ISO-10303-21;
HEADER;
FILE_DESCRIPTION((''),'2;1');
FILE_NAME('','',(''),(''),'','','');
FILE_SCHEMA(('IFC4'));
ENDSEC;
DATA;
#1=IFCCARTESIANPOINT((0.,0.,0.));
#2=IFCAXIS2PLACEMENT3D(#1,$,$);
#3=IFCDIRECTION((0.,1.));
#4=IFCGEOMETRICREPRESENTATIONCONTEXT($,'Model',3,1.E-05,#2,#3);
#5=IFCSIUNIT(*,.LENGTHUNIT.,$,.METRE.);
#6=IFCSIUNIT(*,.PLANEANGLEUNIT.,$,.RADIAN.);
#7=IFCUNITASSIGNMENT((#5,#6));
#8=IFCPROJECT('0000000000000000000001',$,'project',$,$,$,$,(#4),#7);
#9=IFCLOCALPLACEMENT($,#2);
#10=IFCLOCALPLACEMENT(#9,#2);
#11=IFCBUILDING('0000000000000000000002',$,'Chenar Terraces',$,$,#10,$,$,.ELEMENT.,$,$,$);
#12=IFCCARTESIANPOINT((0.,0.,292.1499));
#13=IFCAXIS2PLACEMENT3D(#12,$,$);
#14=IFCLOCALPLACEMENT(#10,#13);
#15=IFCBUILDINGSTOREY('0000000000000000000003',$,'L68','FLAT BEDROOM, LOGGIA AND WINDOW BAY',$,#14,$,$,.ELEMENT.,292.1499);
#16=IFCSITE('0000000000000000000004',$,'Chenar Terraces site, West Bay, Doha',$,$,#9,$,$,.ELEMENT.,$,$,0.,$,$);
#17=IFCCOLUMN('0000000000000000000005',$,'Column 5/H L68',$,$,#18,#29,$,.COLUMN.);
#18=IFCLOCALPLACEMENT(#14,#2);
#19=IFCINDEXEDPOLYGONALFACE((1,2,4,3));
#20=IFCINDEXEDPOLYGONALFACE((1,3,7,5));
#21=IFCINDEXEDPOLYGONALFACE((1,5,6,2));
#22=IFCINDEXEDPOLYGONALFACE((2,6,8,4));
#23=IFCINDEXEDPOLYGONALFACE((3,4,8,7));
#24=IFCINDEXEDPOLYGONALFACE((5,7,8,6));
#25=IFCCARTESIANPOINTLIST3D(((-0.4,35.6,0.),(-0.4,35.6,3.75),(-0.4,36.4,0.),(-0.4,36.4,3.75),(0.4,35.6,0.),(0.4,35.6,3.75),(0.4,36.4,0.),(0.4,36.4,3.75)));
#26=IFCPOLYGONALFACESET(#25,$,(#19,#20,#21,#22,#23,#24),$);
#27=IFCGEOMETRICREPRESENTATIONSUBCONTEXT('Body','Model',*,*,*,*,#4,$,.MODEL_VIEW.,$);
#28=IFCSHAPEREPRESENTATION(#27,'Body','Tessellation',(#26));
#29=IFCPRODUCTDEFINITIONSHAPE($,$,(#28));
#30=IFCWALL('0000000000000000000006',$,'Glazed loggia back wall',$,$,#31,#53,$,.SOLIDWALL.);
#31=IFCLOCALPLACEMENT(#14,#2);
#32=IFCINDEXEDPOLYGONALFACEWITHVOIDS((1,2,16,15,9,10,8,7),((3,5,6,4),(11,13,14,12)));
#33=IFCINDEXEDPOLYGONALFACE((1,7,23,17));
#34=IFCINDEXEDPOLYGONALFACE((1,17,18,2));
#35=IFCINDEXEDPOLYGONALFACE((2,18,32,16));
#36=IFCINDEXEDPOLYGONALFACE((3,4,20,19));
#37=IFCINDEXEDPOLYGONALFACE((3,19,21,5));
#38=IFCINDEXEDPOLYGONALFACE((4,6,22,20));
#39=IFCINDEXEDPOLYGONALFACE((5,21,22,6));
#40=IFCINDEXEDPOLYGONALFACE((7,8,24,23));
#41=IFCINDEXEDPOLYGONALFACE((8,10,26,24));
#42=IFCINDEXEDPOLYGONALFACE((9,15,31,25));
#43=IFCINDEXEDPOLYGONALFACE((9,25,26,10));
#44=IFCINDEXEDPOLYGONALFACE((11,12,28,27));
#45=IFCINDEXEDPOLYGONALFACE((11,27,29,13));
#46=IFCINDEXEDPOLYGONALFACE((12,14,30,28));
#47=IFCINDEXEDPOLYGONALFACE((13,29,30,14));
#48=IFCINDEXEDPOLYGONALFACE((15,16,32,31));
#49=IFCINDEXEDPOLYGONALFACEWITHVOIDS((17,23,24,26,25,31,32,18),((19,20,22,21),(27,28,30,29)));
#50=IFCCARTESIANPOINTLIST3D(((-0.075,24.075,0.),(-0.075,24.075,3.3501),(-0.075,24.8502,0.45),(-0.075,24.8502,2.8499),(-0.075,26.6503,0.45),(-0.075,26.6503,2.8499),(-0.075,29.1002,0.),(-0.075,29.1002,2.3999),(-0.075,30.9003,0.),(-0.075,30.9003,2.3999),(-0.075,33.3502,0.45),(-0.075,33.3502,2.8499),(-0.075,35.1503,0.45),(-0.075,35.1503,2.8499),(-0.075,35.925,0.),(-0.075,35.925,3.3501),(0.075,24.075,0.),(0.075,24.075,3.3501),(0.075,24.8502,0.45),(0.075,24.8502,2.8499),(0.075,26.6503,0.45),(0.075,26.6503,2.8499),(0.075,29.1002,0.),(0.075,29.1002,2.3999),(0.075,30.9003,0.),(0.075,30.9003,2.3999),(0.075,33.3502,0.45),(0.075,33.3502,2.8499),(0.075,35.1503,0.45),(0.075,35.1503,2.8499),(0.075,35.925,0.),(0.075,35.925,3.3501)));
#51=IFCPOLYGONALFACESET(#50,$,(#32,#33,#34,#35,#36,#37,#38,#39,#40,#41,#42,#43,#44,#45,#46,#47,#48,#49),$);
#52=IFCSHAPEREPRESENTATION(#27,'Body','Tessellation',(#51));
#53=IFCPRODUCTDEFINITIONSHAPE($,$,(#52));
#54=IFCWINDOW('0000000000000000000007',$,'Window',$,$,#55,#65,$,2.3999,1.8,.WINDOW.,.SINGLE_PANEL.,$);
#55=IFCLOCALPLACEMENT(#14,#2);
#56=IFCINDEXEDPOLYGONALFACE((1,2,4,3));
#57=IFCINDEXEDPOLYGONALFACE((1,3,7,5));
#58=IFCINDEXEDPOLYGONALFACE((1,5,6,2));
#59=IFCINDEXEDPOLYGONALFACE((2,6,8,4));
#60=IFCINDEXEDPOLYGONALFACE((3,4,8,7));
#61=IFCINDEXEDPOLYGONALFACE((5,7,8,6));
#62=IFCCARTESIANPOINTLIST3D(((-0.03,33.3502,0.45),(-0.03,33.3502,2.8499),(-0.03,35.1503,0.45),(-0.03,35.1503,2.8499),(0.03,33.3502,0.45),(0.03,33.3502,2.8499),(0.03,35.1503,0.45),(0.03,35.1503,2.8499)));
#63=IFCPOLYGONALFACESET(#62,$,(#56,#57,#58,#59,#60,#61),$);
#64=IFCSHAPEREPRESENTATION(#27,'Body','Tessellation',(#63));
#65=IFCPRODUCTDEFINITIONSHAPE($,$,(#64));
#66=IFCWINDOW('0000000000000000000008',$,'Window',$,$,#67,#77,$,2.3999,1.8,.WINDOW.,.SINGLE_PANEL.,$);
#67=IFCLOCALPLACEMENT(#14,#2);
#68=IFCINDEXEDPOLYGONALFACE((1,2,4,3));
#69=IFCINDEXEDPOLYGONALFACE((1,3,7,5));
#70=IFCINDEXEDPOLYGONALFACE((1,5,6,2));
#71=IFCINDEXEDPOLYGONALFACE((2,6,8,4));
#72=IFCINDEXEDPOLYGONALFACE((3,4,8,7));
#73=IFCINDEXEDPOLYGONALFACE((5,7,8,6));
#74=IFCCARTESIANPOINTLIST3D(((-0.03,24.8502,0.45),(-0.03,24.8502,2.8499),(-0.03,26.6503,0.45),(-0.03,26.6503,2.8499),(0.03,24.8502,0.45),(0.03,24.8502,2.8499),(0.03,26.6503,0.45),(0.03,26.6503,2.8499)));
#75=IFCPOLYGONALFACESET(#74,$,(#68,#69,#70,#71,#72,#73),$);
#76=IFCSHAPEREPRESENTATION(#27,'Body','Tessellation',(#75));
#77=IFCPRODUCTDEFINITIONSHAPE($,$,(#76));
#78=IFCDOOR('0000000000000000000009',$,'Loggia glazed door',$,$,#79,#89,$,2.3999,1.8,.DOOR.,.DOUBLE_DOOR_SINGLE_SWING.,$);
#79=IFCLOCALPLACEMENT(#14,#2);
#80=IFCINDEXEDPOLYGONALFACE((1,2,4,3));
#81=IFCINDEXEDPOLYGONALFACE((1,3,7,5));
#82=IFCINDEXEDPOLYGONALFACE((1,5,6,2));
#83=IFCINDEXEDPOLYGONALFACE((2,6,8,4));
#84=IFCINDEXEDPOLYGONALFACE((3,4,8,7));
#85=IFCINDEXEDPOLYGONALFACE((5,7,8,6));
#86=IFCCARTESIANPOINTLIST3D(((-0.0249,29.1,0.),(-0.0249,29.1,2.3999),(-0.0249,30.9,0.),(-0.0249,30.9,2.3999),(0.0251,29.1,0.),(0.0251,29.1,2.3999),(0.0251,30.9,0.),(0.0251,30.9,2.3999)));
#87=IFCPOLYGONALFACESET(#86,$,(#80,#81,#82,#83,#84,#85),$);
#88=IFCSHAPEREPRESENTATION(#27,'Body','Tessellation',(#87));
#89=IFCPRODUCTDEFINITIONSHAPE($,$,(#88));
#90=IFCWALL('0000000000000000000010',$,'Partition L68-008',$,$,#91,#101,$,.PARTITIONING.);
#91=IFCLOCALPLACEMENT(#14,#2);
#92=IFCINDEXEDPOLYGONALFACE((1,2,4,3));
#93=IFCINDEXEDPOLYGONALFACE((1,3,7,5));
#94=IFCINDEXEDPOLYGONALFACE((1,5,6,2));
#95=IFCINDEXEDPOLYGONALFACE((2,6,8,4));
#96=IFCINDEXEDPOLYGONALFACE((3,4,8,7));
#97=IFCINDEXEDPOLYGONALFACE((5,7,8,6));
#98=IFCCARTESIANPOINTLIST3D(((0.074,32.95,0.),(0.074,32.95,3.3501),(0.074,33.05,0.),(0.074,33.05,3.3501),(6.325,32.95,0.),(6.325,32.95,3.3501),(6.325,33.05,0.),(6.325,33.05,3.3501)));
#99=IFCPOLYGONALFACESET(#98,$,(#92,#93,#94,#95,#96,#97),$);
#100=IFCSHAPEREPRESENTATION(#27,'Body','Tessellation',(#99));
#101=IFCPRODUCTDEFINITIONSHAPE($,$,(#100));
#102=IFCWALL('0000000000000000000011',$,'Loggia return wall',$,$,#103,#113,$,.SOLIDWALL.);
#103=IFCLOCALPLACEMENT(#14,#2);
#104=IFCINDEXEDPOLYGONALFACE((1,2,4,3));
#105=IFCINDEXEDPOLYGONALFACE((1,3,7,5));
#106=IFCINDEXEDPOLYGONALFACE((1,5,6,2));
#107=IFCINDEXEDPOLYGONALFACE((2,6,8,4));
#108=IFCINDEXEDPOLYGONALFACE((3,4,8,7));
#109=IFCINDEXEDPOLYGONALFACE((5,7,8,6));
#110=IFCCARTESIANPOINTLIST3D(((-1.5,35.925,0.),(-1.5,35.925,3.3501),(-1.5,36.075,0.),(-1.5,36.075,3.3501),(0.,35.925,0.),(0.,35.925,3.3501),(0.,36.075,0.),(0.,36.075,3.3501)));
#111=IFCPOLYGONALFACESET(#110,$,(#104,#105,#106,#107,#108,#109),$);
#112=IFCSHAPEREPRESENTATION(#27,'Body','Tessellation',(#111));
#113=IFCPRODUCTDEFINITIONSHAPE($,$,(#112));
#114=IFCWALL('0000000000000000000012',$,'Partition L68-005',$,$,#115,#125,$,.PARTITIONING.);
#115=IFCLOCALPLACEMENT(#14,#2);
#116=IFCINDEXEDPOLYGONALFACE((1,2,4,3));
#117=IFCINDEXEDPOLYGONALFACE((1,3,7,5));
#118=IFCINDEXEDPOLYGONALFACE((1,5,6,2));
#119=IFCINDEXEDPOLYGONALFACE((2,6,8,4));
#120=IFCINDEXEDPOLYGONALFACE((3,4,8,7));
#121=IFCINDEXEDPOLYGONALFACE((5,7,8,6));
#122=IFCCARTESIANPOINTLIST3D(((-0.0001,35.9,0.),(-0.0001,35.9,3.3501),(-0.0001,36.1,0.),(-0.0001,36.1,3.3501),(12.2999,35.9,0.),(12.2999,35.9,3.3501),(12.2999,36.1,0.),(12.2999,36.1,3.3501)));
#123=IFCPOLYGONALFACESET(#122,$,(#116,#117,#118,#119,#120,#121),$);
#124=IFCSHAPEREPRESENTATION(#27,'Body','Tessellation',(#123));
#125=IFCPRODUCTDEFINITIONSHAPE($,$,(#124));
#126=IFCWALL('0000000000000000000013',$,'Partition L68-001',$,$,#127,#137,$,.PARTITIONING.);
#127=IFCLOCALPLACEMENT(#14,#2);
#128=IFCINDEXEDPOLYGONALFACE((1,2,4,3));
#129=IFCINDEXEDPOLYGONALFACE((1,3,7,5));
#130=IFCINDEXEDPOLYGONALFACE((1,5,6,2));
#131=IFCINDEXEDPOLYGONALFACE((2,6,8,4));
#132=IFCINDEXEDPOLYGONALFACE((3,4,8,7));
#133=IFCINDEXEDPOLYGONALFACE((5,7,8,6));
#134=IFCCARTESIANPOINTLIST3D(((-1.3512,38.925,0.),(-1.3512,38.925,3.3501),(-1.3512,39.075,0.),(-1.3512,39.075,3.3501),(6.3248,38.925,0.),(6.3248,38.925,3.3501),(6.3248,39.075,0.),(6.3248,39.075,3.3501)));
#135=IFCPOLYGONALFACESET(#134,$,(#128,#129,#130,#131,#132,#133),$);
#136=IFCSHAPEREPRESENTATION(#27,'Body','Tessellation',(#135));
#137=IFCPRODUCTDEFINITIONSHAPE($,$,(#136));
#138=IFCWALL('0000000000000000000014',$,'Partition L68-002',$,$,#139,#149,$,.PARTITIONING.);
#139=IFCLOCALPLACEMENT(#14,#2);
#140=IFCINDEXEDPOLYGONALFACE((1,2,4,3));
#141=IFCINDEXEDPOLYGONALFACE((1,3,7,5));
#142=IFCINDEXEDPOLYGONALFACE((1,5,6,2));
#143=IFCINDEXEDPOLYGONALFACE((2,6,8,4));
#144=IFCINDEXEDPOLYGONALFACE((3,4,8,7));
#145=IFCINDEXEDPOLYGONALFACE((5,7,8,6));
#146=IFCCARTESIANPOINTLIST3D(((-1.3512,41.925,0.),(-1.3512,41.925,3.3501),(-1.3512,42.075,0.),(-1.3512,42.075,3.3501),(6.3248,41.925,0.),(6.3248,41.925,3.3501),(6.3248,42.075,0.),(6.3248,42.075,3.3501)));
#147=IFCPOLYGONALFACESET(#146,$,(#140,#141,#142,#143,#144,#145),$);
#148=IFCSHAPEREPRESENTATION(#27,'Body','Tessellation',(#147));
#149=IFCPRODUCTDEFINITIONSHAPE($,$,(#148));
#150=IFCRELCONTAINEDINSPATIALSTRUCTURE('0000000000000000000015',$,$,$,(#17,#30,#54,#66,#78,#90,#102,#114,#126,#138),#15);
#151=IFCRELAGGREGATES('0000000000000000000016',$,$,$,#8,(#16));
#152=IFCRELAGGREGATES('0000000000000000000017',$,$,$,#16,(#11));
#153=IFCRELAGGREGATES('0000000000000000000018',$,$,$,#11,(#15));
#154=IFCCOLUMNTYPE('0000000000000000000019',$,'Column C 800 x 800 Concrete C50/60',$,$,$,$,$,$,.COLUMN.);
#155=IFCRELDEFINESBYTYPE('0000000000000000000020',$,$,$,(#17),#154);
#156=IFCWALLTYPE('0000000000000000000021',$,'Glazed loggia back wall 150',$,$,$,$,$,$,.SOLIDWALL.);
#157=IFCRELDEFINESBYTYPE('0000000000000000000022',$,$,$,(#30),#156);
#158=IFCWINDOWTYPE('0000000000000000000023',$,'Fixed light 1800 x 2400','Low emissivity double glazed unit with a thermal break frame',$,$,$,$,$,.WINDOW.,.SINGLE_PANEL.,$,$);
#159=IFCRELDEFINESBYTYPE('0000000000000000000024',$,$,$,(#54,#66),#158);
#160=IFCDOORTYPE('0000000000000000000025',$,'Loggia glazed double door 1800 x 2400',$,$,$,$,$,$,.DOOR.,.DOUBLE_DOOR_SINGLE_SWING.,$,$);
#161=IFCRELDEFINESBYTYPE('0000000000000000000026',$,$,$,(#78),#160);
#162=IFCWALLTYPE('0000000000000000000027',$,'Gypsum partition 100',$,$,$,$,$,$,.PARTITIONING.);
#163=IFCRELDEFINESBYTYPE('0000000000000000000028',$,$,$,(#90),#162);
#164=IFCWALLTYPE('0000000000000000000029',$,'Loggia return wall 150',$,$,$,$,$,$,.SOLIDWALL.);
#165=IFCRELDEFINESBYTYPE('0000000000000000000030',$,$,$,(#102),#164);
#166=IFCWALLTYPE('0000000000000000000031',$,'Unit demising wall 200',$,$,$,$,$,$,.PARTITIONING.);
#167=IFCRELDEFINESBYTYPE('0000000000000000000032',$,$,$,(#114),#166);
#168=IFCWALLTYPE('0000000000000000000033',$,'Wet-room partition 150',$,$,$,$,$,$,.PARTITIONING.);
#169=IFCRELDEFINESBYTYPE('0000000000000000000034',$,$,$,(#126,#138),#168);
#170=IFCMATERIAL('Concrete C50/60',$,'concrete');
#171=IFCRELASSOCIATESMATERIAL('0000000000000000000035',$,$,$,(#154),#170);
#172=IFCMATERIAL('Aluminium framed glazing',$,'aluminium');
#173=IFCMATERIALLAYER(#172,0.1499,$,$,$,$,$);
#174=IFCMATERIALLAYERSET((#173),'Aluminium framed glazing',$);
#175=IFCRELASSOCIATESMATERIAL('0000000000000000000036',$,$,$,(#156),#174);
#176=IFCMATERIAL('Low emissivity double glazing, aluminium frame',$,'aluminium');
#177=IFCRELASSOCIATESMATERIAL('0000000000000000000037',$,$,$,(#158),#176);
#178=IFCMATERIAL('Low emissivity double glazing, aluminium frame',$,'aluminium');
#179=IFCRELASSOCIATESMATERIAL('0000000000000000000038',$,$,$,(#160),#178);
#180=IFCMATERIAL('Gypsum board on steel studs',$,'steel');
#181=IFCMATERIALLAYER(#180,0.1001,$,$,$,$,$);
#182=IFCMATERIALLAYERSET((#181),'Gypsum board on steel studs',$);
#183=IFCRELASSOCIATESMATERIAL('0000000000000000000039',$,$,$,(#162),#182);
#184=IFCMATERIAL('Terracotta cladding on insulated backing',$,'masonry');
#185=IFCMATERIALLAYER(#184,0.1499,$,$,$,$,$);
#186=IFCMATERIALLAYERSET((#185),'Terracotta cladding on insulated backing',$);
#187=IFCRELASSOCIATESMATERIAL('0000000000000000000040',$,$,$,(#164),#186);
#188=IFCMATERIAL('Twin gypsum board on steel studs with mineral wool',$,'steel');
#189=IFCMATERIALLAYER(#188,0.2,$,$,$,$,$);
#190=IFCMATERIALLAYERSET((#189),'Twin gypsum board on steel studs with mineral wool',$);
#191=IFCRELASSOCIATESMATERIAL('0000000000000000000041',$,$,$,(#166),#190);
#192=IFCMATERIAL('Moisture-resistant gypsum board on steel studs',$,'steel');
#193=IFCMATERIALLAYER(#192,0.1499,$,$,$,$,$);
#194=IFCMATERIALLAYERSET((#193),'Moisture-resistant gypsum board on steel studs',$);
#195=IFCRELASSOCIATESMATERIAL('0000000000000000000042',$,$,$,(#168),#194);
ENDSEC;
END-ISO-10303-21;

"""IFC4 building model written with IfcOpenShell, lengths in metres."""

from ifc_helpers import new_model, si_unit, direction, frame, frame_2d, origin, origin_2d, place, context, subcontext, project, spatial, rectangle, extrude, material, layer, layer_set, material_profile, profile_set, type_object, element, fill, save


model = new_model("IFC4")

# Units and contexts
model_context = context("Model", 3, precision=1e-05, world=origin(), true_north=direction((0.0, 1.0)))
body_context = subcontext(model_context, "Body", "Model", "MODEL_VIEW")
ifc_project = project(units=[si_unit("LENGTHUNIT", "METRE"), si_unit("PLANEANGLEUNIT", "RADIAN")], contexts=[model_context])

# Site, building, storey
site_placement = place(None, origin())
site = spatial("IfcSite", under=ifc_project, at=site_placement, Name="Chenar Terraces site, West Bay, Doha", CompositionType="ELEMENT", RefElevation=0.0)
building_placement = place(site_placement, origin())
building = spatial("IfcBuilding", under=site, at=building_placement, Name="Chenar Terraces", CompositionType="ELEMENT")
storey_placement = place(building_placement, frame((0.0, 0.0, 292.1499)))
storey = spatial("IfcBuildingStorey", under=building, at=storey_placement, Name="L68", Description="FLAT BEDROOM, LOGGIA AND WINDOW BAY", CompositionType="ELEMENT", Elevation=292.1499)

# Column
ifc_material_1 = material(Name="Concrete C50/60", Category="concrete")
ifc_material_profile = material_profile(ifc_material_1, rectangle(XDim=0.8, YDim=0.8, at=origin_2d()), Name="C 800 x 800")
ifc_profile_set = profile_set([ifc_material_profile], Name="Concrete C50/60")
column_type = type_object("IfcColumnType", Name="Column C 800 x 800 Concrete C50/60", PredefinedType="COLUMN", material=ifc_profile_set)
placement = place(storey_placement, frame((0.0, 36.0, 0.0), z_axis=(0.0, 0.0, 1.0), x_axis=(1.0, 0.0, 0.0)))
element("IfcColumn", 1, at=placement, inside=storey, type_object=column_type, Name="Column 5/H L68", PredefinedType="COLUMN", context=body_context, shape_type="SweptSolid", body=[
    extrude(rectangle(XDim=0.8, YDim=0.8, at=origin_2d()), origin(), (0.0, 0.0, 1.0), 3.75),
])

# Wall, openings, windows, door
ifc_material_2 = material(Name="Aluminium framed glazing", Category="aluminium")
ifc_layer_1 = layer(ifc_material_2, 0.1499)
ifc_layer_set_1 = layer_set([ifc_layer_1], Name="Aluminium framed glazing")
wall_type_1 = type_object("IfcWallType", Name="Glazed loggia back wall 150", PredefinedType="SOLIDWALL", material=ifc_layer_set_1)
wall_1_placement = place(storey_placement, frame((0.0, 35.925, 0.0), z_axis=(0.0, 0.0, 1.0), x_axis=(0.0, -1.0, 0.0)))
wall_1 = element("IfcWall", 2, at=wall_1_placement, inside=storey, type_object=wall_type_1, Name="Glazed loggia back wall", PredefinedType="SOLIDWALL", context=body_context, shape_type="SweptSolid", body=[
    extrude(rectangle(XDim=11.8501, YDim=0.1499, at=frame_2d((5.925, 0.0))), origin(), (0.0, 0.0, 1.0), 3.3501),
])
opening_1_placement = place(wall_1_placement, frame((0.7749, 0.0, 0.45)))
opening_1 = element("IfcOpeningElement", 3, at=opening_1_placement, cuts=wall_1, PredefinedType="OPENING", context=body_context, shape_type="SweptSolid", body=[
    extrude(rectangle(XDim=1.8, YDim=2.3999, at=frame_2d((0.8999, 1.2))), frame((0.0, 0.085, 0.0), z_axis=(0.0, -1.0, 0.0), x_axis=(1.0, 0.0, 0.0)), (0.0, 0.0, 1.0), 0.1699),
])
opening_2_placement = place(wall_1_placement, frame((5.0249, 0.0, 0.0)))
opening_2 = element("IfcOpeningElement", 4, at=opening_2_placement, cuts=wall_1, PredefinedType="OPENING", context=body_context, shape_type="SweptSolid", body=[
    extrude(rectangle(XDim=1.8, YDim=2.3999, at=frame_2d((0.8999, 1.2))), frame((0.0, 0.085, 0.0), z_axis=(0.0, -1.0, 0.0), x_axis=(1.0, 0.0, 0.0)), (0.0, 0.0, 1.0), 0.1699),
])
opening_3_placement = place(wall_1_placement, frame((9.2749, 0.0, 0.45)))
opening_3 = element("IfcOpeningElement", 5, at=opening_3_placement, cuts=wall_1, PredefinedType="OPENING", context=body_context, shape_type="SweptSolid", body=[
    extrude(rectangle(XDim=1.8, YDim=2.3999, at=frame_2d((0.8999, 1.2))), frame((0.0, 0.085, 0.0), z_axis=(0.0, -1.0, 0.0), x_axis=(1.0, 0.0, 0.0)), (0.0, 0.0, 1.0), 0.1699),
])
ifc_material_3 = material(Name="Low emissivity double glazing, aluminium frame", Category="aluminium")
window_type = type_object("IfcWindowType", Name="Fixed light 1800 x 2400", Description="Low emissivity double glazed unit with a thermal break frame", PartitioningType="SINGLE_PANEL", PredefinedType="WINDOW", material=ifc_material_3)
window_1_placement = place(opening_1_placement, origin())
window_1 = element("IfcWindow", 6, at=window_1_placement, inside=storey, type_object=window_type, Name="Window", OverallHeight=2.3999, OverallWidth=1.8, PartitioningType="SINGLE_PANEL", PredefinedType="WINDOW", context=body_context, shape_type="SweptSolid", body=[
    extrude(rectangle(XDim=1.8, YDim=2.3999, at=frame_2d((0.8999, 1.2))), frame((0.0, 0.03, 0.0), z_axis=(0.0, -1.0, 0.0), x_axis=(1.0, 0.0, 0.0)), (0.0, 0.0, 1.0), 0.0601),
])
fill(opening_1, window_1)
window_2_placement = place(opening_3_placement, origin())
window_2 = element("IfcWindow", 7, at=window_2_placement, inside=storey, type_object=window_type, Name="Window", OverallHeight=2.3999, OverallWidth=1.8, PartitioningType="SINGLE_PANEL", PredefinedType="WINDOW", context=body_context, shape_type="SweptSolid", body=[
    extrude(rectangle(XDim=1.8, YDim=2.3999, at=frame_2d((0.8999, 1.2))), frame((0.0, 0.03, 0.0), z_axis=(0.0, -1.0, 0.0), x_axis=(1.0, 0.0, 0.0)), (0.0, 0.0, 1.0), 0.0601),
])
fill(opening_3, window_2)
ifc_material_4 = material(Name="Low emissivity double glazing, aluminium frame", Category="aluminium")
door_type_1 = type_object("IfcDoorType", Name="Loggia glazed double door 1800 x 2400", OperationType="DOUBLE_DOOR_SINGLE_SWING", PredefinedType="DOOR", material=ifc_material_4)
door_1_placement = place(opening_2_placement, frame((1.8, 0.0, 0.0), z_axis=(0.0, 0.0, 1.0), x_axis=(-1.0, 0.0, 0.0)))
door_1 = element("IfcDoor", 8, at=door_1_placement, inside=storey, type_object=door_type_1, Name="Loggia glazed door", OperationType="DOUBLE_DOOR_SINGLE_SWING", OverallHeight=2.3999, OverallWidth=1.8, PredefinedType="DOOR", context=body_context, shape_type="SweptSolid", body=[
    extrude(rectangle(XDim=1.8, YDim=2.3999, at=frame_2d((0.8999, 1.2))), frame((0.0, 0.0249, 0.0), z_axis=(0.0, -1.0, 0.0), x_axis=(1.0, 0.0, 0.0)), (0.0, 0.0, 1.0), 0.05),
])
fill(opening_2, door_1)

# Walls
ifc_material_5 = material(Name="Gypsum board on steel studs", Category="steel")
ifc_layer_2 = layer(ifc_material_5, 0.1001)
ifc_layer_set_2 = layer_set([ifc_layer_2], Name="Gypsum board on steel studs")
wall_type_2 = type_object("IfcWallType", Name="Gypsum partition 100", PredefinedType="PARTITIONING", material=ifc_layer_set_2)
wall_2_placement = place(storey_placement, frame((0.074, 33.0, 0.0), z_axis=(0.0, 0.0, 1.0), x_axis=(1.0, 0.0, 0.0)))
element("IfcWall", 9, at=wall_2_placement, inside=storey, type_object=wall_type_2, Name="Partition L68-008", PredefinedType="PARTITIONING", context=body_context, shape_type="SweptSolid", body=[
    extrude(rectangle(XDim=6.251, YDim=0.1001, at=frame_2d((3.1255, 0.0))), origin(), (0.0, 0.0, 1.0), 3.3501),
])
ifc_material_6 = material(Name="Terracotta cladding on insulated backing", Category="masonry")
ifc_layer_3 = layer(ifc_material_6, 0.1499)
ifc_layer_set_3 = layer_set([ifc_layer_3], Name="Terracotta cladding on insulated backing")
wall_type_3 = type_object("IfcWallType", Name="Loggia return wall 150", PredefinedType="SOLIDWALL", material=ifc_layer_set_3)
wall_3_placement = place(storey_placement, frame((-1.5, 36.0, 0.0), z_axis=(0.0, 0.0, 1.0), x_axis=(1.0, 0.0, 0.0)))
element("IfcWall", 10, at=wall_3_placement, inside=storey, type_object=wall_type_3, Name="Loggia return wall", PredefinedType="SOLIDWALL", context=body_context, shape_type="SweptSolid", body=[
    extrude(rectangle(XDim=1.5, YDim=0.1499, at=frame_2d((0.75, 0.0))), origin(), (0.0, 0.0, 1.0), 3.3501),
])
ifc_material_7 = material(Name="Twin gypsum board on steel studs with mineral wool", Category="steel")
ifc_layer_4 = layer(ifc_material_7, 0.2)
ifc_layer_set_4 = layer_set([ifc_layer_4], Name="Twin gypsum board on steel studs with mineral wool")
wall_type_4 = type_object("IfcWallType", Name="Unit demising wall 200", PredefinedType="PARTITIONING", material=ifc_layer_set_4)
element("IfcWall", 11, at=placement, inside=storey, type_object=wall_type_4, Name="Partition L68-005", PredefinedType="PARTITIONING", context=body_context, shape_type="SweptSolid", body=[
    extrude(rectangle(XDim=12.3, YDim=0.2, at=frame_2d((6.1499, 0.0))), origin(), (0.0, 0.0, 1.0), 3.3501),
])
ifc_material_8 = material(Name="Moisture-resistant gypsum board on steel studs", Category="steel")
ifc_layer_5 = layer(ifc_material_8, 0.1499)
ifc_layer_set_5 = layer_set([ifc_layer_5], Name="Moisture-resistant gypsum board on steel studs")
wall_type_5 = type_object("IfcWallType", Name="Wet-room partition 150", PredefinedType="PARTITIONING", material=ifc_layer_set_5)
for number, where, z_axis, x_axis, name in (
    (12, (-1.3511, 39.0, 0.0), (0.0, 0.0, 1.0), (1.0, 0.0, 0.0), "Partition L68-001"),
    (13, (-1.3511, 42.0, 0.0), (0.0, 0.0, 1.0), (1.0, 0.0, 0.0), "Partition L68-002"),
):
    element("IfcWall", number, at=place(storey_placement, frame(where, z_axis=z_axis, x_axis=x_axis)), inside=storey, type_object=wall_type_5, Name=name, PredefinedType="PARTITIONING", context=body_context, shape_type="SweptSolid", body=[
        extrude(rectangle(XDim=7.676, YDim=0.1499, at=frame_2d((3.8379, 0.0))), origin(), (0.0, 0.0, 1.0), 3.3501),
    ])

save(model, "model.ifc")
